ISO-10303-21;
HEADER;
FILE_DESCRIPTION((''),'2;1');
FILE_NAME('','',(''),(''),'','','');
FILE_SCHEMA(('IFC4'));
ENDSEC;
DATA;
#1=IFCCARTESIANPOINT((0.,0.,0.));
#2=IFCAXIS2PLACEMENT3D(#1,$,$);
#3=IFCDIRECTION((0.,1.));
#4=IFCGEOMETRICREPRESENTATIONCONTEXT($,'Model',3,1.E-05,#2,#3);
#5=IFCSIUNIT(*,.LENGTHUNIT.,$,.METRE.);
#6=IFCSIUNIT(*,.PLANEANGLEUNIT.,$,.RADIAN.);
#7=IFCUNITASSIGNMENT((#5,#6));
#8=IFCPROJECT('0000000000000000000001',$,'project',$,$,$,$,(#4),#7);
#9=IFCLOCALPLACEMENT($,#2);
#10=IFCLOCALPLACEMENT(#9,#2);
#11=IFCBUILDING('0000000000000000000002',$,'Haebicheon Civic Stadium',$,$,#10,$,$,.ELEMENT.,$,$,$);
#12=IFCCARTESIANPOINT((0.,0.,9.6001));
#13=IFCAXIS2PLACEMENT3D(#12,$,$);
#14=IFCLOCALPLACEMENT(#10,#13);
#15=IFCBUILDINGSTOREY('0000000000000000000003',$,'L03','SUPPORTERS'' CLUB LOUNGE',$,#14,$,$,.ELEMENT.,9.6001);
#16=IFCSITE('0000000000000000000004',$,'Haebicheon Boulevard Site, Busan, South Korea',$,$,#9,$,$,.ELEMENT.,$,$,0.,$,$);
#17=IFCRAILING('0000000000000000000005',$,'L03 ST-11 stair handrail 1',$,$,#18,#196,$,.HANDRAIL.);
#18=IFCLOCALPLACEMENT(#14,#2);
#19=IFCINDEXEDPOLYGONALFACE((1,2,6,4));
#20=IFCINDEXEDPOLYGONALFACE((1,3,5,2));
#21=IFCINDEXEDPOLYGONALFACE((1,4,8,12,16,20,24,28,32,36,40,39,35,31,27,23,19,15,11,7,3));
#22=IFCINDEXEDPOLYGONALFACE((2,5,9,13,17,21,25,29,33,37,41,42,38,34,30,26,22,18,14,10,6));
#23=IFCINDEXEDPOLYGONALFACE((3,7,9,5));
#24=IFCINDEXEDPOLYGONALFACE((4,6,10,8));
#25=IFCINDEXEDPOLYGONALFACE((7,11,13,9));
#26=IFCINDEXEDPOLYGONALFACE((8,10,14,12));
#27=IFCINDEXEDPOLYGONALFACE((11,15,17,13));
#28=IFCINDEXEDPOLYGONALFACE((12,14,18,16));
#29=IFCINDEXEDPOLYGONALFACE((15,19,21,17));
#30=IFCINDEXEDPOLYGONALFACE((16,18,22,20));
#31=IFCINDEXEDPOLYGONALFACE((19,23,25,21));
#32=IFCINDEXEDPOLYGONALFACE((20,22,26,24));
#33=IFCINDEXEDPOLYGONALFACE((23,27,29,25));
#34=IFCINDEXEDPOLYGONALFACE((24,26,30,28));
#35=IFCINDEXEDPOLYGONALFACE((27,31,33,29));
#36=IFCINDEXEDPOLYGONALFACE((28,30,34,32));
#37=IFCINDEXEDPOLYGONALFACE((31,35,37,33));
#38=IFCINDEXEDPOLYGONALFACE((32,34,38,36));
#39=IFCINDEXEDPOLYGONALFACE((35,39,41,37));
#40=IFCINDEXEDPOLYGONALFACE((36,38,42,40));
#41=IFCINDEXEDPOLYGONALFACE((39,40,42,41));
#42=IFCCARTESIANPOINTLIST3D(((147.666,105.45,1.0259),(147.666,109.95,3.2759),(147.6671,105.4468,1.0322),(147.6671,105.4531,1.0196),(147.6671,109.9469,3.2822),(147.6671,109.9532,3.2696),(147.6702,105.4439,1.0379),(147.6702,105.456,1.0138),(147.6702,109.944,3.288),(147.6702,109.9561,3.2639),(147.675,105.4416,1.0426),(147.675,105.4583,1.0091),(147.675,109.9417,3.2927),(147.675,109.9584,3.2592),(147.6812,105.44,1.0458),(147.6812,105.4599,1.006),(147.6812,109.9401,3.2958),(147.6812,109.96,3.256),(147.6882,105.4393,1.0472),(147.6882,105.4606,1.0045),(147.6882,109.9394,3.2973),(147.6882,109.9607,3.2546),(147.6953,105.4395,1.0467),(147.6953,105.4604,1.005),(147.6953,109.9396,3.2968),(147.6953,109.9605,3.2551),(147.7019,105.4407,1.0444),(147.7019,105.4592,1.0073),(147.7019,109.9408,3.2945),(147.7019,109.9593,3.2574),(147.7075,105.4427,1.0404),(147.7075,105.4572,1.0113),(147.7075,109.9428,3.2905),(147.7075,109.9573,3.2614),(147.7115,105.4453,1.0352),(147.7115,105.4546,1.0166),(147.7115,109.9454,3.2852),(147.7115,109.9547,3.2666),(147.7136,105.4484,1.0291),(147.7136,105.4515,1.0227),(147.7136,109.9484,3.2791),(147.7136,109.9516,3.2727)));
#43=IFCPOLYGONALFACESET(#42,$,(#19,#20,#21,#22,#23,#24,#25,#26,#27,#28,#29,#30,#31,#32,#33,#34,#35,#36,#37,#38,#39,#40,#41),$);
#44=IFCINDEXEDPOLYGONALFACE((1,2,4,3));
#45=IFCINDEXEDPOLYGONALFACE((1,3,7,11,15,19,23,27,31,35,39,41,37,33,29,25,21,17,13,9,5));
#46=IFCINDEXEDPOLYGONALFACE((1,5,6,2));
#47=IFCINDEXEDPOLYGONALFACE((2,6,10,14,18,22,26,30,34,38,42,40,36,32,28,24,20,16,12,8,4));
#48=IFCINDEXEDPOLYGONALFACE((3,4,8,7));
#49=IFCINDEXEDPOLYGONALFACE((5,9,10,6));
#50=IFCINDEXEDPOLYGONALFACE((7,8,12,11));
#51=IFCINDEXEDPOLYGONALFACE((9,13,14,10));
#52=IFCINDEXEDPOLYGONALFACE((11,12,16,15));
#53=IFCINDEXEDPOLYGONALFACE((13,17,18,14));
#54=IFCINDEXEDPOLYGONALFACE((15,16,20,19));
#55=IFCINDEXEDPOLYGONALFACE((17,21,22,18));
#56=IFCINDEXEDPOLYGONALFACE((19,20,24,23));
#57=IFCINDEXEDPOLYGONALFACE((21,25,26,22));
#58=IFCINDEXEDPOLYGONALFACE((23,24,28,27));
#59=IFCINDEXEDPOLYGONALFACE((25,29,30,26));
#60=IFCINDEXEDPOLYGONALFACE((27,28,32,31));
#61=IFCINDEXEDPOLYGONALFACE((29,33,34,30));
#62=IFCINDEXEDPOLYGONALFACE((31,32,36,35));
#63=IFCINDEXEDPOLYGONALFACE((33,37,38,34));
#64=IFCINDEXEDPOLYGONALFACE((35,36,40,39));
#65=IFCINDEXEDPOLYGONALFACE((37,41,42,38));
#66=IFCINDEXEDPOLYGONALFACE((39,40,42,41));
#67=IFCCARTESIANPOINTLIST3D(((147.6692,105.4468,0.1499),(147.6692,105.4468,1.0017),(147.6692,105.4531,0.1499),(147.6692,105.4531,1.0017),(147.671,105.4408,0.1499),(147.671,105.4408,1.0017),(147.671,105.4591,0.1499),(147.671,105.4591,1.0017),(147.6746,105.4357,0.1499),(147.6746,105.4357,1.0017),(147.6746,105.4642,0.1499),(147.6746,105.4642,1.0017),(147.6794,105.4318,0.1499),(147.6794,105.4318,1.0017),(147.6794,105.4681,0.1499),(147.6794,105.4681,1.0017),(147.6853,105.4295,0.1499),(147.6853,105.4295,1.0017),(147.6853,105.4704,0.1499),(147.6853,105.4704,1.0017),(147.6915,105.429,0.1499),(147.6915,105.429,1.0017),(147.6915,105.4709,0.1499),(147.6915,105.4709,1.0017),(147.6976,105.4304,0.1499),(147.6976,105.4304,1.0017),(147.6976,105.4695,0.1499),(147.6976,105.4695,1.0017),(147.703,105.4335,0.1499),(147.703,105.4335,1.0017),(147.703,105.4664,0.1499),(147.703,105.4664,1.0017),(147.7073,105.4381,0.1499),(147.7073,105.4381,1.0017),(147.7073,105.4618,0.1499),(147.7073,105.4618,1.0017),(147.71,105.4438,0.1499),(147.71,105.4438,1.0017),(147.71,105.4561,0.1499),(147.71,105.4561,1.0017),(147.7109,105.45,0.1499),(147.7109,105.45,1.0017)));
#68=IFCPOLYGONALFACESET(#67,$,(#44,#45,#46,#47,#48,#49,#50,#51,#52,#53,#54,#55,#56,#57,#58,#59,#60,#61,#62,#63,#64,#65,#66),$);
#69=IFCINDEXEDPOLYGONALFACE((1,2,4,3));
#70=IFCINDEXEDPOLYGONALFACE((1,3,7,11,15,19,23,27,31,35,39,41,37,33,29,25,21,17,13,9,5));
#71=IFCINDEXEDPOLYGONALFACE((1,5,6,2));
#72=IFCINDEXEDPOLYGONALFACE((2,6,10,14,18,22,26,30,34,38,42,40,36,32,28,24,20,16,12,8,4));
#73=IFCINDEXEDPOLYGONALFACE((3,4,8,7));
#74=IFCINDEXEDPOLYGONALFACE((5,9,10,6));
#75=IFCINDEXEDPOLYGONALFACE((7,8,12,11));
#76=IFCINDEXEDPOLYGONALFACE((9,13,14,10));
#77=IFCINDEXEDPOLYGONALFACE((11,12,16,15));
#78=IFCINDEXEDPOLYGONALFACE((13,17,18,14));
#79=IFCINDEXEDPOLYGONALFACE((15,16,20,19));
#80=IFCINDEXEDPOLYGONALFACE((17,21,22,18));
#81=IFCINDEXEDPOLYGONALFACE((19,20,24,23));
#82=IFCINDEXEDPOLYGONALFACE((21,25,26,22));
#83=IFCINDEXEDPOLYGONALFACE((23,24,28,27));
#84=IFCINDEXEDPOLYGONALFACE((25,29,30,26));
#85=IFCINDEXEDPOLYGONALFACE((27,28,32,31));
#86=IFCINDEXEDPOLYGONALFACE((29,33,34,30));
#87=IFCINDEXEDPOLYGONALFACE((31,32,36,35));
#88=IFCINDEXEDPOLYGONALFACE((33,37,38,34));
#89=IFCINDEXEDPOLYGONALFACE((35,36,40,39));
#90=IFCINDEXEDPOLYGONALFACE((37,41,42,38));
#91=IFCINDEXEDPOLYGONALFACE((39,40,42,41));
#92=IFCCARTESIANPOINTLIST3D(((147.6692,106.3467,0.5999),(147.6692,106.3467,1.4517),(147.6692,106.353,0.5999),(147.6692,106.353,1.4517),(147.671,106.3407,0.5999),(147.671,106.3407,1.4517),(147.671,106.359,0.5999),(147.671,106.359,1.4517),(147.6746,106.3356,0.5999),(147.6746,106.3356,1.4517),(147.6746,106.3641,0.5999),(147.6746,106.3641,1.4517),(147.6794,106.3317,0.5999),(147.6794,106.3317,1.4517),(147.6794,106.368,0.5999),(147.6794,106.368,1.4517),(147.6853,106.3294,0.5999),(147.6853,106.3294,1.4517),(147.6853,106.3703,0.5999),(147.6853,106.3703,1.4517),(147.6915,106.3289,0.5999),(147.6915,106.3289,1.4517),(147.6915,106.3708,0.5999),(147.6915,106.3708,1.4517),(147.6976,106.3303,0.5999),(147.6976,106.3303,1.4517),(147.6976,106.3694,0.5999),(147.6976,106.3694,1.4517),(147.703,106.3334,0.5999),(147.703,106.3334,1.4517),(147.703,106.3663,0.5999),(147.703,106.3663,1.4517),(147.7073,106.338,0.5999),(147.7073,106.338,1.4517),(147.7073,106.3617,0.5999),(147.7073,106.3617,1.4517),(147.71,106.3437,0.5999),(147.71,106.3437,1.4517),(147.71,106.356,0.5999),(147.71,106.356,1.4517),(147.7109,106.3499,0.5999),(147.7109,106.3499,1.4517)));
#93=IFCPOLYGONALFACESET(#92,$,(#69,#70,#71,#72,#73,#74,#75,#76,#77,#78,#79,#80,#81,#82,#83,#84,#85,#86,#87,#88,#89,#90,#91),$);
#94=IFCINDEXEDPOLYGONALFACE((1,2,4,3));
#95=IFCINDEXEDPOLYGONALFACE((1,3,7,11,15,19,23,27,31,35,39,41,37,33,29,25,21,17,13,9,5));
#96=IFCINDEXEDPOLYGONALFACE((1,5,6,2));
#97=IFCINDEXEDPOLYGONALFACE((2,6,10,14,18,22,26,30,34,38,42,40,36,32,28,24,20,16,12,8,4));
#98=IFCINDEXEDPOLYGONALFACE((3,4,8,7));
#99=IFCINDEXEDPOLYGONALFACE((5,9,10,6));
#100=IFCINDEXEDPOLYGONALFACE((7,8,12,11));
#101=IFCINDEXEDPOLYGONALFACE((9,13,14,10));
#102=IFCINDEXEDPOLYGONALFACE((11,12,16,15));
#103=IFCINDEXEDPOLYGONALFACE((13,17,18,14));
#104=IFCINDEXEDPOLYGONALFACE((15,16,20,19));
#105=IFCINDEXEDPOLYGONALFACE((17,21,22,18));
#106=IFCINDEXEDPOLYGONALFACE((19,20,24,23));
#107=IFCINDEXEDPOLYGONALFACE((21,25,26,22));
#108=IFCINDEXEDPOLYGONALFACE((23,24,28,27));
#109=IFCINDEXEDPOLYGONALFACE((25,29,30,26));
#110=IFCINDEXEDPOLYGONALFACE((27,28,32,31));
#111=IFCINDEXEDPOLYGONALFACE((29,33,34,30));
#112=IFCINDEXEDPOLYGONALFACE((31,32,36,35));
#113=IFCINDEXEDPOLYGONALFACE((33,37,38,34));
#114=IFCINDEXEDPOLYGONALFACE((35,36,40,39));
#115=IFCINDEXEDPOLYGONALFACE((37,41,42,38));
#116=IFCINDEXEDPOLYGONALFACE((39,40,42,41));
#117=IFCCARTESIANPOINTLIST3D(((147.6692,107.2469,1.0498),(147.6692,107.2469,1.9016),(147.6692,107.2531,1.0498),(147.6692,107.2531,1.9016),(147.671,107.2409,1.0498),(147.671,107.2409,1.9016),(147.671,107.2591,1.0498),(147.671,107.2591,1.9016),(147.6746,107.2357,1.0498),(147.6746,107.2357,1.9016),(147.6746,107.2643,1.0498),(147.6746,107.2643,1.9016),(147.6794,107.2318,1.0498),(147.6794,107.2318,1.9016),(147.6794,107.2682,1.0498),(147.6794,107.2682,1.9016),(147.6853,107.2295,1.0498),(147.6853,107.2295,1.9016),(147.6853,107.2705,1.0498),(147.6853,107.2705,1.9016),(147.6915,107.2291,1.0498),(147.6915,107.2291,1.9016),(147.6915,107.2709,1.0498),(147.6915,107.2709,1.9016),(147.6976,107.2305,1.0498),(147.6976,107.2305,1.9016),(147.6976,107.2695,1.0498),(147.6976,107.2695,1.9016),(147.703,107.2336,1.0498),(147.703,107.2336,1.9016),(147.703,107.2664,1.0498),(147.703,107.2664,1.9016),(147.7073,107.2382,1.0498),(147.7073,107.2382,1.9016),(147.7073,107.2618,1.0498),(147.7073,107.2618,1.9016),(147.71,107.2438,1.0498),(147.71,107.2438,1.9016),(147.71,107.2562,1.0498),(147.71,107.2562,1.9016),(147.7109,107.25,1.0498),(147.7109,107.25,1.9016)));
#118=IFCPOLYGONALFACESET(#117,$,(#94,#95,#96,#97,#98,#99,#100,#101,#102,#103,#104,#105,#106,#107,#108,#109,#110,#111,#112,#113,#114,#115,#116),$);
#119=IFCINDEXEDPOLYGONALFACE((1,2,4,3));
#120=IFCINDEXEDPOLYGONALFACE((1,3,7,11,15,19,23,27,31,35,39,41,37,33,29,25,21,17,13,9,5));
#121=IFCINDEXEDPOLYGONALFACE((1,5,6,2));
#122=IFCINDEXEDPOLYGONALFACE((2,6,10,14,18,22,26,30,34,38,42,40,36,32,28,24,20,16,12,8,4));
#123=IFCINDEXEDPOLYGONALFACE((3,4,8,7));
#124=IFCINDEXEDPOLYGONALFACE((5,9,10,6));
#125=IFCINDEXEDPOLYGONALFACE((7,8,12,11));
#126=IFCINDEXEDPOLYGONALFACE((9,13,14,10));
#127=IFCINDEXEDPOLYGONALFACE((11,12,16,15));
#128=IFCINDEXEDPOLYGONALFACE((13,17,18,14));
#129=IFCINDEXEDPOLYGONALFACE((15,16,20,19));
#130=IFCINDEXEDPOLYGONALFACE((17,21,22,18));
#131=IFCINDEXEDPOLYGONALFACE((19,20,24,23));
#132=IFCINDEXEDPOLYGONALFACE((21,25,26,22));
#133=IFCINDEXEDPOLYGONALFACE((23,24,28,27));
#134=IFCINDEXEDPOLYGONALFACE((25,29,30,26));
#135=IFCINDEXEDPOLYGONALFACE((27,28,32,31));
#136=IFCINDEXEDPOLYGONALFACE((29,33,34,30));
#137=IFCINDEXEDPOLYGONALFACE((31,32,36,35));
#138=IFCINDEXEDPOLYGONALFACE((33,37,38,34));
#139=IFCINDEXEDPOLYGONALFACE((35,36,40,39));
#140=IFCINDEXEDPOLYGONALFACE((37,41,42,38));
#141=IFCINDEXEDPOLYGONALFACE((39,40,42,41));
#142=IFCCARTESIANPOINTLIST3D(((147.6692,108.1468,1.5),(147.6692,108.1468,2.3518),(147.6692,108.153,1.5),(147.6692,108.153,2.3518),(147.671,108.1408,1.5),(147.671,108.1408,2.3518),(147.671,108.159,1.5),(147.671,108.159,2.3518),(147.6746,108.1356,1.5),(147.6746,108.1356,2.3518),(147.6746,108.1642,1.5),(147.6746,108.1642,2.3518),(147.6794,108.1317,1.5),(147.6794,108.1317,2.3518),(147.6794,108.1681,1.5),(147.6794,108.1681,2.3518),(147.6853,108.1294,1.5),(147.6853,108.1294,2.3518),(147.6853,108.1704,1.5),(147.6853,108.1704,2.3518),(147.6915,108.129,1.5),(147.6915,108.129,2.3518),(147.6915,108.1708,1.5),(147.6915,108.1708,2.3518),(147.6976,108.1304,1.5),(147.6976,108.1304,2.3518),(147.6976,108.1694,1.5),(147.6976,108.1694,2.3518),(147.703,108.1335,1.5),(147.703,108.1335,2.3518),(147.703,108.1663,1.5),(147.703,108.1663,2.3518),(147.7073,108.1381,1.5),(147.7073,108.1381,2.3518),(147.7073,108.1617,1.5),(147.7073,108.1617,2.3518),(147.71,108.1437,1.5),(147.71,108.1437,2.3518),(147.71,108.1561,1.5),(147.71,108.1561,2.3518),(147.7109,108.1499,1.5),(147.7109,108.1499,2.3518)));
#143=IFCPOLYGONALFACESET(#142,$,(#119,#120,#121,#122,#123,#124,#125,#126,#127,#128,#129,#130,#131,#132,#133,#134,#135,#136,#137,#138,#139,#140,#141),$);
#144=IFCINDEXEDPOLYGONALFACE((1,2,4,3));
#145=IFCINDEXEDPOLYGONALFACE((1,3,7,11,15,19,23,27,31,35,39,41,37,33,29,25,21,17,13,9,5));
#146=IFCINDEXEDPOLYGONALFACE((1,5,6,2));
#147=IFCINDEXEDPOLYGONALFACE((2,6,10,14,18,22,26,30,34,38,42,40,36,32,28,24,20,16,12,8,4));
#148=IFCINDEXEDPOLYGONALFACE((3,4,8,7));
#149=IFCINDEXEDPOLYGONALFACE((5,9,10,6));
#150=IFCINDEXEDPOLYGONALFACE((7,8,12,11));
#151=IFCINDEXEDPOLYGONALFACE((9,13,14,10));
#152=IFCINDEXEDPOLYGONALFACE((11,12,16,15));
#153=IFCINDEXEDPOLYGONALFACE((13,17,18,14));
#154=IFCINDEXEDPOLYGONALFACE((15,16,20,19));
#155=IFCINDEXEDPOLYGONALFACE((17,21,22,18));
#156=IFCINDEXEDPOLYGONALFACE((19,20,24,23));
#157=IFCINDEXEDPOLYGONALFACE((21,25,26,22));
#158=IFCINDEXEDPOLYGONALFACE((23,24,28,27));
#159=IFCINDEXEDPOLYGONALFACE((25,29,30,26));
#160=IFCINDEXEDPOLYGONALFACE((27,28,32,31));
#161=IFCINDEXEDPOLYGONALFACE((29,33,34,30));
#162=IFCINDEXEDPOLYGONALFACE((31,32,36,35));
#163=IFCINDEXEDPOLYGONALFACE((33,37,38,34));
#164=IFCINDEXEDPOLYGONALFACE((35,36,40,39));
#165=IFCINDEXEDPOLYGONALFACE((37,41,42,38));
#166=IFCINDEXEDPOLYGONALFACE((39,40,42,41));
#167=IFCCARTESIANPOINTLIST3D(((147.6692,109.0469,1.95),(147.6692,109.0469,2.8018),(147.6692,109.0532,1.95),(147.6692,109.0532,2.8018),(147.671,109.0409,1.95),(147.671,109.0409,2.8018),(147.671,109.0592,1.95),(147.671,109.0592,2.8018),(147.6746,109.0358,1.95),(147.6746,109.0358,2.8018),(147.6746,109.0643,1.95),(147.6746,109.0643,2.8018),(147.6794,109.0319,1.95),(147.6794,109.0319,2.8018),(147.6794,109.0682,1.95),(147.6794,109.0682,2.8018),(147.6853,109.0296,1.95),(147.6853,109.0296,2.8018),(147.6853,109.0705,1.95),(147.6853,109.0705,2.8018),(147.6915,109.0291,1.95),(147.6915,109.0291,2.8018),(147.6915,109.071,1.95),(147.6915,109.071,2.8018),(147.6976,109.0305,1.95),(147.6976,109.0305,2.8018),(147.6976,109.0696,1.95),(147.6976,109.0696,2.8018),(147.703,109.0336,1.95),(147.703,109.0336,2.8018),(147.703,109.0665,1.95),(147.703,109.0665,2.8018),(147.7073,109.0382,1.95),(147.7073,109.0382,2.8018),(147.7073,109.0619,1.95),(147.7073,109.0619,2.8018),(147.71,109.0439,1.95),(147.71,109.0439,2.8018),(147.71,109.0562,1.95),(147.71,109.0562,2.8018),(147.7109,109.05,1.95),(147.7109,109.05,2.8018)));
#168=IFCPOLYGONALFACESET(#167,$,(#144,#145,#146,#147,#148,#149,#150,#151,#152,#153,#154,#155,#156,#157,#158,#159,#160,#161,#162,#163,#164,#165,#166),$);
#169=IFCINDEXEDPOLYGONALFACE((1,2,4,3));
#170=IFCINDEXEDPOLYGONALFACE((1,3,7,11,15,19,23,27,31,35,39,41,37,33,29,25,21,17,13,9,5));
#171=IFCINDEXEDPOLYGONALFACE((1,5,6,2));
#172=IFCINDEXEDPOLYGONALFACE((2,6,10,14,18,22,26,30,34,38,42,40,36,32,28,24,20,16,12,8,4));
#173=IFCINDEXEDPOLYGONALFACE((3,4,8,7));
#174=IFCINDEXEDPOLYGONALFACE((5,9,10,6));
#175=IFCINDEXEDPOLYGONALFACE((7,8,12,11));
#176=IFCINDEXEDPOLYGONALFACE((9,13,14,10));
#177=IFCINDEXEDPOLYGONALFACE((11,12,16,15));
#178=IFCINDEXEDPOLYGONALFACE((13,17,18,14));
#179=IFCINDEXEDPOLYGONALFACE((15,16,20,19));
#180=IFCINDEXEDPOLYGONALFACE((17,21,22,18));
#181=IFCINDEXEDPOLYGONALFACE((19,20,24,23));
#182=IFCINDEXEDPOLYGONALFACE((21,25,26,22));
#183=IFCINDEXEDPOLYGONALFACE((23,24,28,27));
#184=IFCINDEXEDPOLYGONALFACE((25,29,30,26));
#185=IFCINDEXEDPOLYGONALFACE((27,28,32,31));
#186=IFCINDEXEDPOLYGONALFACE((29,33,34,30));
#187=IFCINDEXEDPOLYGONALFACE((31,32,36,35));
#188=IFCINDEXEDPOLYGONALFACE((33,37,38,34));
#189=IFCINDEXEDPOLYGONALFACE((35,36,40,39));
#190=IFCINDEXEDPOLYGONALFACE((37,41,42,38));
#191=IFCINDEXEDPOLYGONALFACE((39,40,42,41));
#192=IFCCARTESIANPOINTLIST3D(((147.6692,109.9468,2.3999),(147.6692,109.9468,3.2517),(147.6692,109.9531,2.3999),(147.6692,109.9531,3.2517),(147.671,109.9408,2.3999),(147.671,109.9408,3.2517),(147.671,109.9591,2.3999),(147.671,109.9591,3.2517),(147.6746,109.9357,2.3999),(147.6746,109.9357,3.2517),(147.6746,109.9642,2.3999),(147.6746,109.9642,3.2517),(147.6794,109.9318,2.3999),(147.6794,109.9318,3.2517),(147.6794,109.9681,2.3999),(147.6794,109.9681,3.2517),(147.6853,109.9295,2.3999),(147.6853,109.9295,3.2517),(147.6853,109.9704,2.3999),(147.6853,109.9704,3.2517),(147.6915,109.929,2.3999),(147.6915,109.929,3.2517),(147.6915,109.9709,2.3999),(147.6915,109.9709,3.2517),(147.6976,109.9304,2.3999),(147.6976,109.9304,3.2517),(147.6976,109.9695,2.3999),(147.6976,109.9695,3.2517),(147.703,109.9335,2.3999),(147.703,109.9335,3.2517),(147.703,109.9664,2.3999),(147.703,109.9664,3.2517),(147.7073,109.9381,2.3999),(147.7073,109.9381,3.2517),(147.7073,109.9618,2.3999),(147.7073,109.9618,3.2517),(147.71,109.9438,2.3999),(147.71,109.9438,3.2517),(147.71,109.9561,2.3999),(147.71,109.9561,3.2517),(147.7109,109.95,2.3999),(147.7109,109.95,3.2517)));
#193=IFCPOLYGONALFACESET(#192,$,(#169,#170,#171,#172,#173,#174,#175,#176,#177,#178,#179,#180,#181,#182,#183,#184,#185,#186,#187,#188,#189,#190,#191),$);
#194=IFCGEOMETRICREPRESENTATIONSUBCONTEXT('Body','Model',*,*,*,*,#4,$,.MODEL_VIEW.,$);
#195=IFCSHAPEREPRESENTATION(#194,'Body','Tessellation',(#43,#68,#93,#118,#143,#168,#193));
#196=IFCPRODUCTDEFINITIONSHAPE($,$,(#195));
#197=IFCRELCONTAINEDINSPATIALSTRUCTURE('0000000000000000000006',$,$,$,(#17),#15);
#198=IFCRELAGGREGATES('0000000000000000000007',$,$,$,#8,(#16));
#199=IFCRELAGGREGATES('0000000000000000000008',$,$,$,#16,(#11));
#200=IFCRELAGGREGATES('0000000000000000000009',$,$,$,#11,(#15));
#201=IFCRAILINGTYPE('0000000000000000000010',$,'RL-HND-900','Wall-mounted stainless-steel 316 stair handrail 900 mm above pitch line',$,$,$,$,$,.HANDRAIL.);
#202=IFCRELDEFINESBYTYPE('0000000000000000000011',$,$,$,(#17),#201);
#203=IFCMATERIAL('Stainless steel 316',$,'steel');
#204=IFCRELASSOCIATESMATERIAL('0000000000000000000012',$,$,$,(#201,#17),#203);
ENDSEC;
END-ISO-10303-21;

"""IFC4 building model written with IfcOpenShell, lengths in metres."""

from ifc_helpers import new_model, si_unit, direction, frame, origin, origin_2d, place, context, subcontext, project, spatial, circle, extrude, material, type_object, element, save


model = new_model("IFC4")

# Units and contexts
model_context = context("Model", 3, precision=1e-05, world=origin(), true_north=direction((0.0, 1.0)))
body_context = subcontext(model_context, "Body", "Model", "MODEL_VIEW")
ifc_project = project(units=[si_unit("LENGTHUNIT", "METRE"), si_unit("PLANEANGLEUNIT", "RADIAN")], contexts=[model_context])

# Site, building, storey
site_placement = place(None, origin())
site = spatial("IfcSite", under=ifc_project, at=site_placement, Name="Haebicheon Boulevard Site, Busan, South Korea", CompositionType="ELEMENT", RefElevation=0.0)
building_placement = place(site_placement, origin())
building = spatial("IfcBuilding", under=site, at=building_placement, Name="Haebicheon Civic Stadium", CompositionType="ELEMENT")
storey_placement = place(building_placement, frame((0.0, 0.0, 9.6001)))
storey = spatial("IfcBuildingStorey", under=building, at=storey_placement, Name="L03", Description="SUPPORTERS' CLUB LOUNGE", CompositionType="ELEMENT", Elevation=9.6001)

# Railing
ifc_material_1 = material(Name="Stainless steel 316", Category="steel")
railing_type_1 = type_object("IfcRailingType", Name="RL-HND-900", Description="Wall-mounted stainless-steel 316 stair handrail 900 mm above pitch line", PredefinedType="HANDRAIL", material=ifc_material_1)
railing_1_placement = place(storey_placement, frame((147.6899, 105.45, 0.1499)))
element("IfcRailing", 1, at=railing_1_placement, inside=storey, type_object=railing_type_1, material=ifc_material_1, Name="L03 ST-11 stair handrail 1", PredefinedType="HANDRAIL", context=body_context, shape_type="SweptSolid", body=[
    extrude(circle(Radius=0.0239, at=origin_2d()), frame((0.0, 0.0, 0.876), z_axis=(0.0, 0.894427, 0.447214), x_axis=(-1.0, 0.0, 0.0)), (0.0, 0.0, 1.0), 5.0312),
    extrude(circle(Radius=0.021, at=origin_2d()), origin(), (0.0, 0.0, 1.0), 0.8518),
    extrude(circle(Radius=0.021, at=origin_2d()), frame((0.0, 0.8999, 0.45)), (0.0, 0.0, 1.0), 0.8518),
    extrude(circle(Radius=0.021, at=origin_2d()), frame((0.0, 1.8, 0.8999)), (0.0, 0.0, 1.0), 0.8518),
    extrude(circle(Radius=0.021, at=origin_2d()), frame((0.0, 2.7, 1.3501)), (0.0, 0.0, 1.0), 0.8518),
    extrude(circle(Radius=0.021, at=origin_2d()), frame((0.0, 3.6001, 1.8)), (0.0, 0.0, 1.0), 0.8518),
    extrude(circle(Radius=0.021, at=origin_2d()), frame((0.0, 4.5, 2.25)), (0.0, 0.0, 1.0), 0.8518),
])

save(model, "model.ifc")
